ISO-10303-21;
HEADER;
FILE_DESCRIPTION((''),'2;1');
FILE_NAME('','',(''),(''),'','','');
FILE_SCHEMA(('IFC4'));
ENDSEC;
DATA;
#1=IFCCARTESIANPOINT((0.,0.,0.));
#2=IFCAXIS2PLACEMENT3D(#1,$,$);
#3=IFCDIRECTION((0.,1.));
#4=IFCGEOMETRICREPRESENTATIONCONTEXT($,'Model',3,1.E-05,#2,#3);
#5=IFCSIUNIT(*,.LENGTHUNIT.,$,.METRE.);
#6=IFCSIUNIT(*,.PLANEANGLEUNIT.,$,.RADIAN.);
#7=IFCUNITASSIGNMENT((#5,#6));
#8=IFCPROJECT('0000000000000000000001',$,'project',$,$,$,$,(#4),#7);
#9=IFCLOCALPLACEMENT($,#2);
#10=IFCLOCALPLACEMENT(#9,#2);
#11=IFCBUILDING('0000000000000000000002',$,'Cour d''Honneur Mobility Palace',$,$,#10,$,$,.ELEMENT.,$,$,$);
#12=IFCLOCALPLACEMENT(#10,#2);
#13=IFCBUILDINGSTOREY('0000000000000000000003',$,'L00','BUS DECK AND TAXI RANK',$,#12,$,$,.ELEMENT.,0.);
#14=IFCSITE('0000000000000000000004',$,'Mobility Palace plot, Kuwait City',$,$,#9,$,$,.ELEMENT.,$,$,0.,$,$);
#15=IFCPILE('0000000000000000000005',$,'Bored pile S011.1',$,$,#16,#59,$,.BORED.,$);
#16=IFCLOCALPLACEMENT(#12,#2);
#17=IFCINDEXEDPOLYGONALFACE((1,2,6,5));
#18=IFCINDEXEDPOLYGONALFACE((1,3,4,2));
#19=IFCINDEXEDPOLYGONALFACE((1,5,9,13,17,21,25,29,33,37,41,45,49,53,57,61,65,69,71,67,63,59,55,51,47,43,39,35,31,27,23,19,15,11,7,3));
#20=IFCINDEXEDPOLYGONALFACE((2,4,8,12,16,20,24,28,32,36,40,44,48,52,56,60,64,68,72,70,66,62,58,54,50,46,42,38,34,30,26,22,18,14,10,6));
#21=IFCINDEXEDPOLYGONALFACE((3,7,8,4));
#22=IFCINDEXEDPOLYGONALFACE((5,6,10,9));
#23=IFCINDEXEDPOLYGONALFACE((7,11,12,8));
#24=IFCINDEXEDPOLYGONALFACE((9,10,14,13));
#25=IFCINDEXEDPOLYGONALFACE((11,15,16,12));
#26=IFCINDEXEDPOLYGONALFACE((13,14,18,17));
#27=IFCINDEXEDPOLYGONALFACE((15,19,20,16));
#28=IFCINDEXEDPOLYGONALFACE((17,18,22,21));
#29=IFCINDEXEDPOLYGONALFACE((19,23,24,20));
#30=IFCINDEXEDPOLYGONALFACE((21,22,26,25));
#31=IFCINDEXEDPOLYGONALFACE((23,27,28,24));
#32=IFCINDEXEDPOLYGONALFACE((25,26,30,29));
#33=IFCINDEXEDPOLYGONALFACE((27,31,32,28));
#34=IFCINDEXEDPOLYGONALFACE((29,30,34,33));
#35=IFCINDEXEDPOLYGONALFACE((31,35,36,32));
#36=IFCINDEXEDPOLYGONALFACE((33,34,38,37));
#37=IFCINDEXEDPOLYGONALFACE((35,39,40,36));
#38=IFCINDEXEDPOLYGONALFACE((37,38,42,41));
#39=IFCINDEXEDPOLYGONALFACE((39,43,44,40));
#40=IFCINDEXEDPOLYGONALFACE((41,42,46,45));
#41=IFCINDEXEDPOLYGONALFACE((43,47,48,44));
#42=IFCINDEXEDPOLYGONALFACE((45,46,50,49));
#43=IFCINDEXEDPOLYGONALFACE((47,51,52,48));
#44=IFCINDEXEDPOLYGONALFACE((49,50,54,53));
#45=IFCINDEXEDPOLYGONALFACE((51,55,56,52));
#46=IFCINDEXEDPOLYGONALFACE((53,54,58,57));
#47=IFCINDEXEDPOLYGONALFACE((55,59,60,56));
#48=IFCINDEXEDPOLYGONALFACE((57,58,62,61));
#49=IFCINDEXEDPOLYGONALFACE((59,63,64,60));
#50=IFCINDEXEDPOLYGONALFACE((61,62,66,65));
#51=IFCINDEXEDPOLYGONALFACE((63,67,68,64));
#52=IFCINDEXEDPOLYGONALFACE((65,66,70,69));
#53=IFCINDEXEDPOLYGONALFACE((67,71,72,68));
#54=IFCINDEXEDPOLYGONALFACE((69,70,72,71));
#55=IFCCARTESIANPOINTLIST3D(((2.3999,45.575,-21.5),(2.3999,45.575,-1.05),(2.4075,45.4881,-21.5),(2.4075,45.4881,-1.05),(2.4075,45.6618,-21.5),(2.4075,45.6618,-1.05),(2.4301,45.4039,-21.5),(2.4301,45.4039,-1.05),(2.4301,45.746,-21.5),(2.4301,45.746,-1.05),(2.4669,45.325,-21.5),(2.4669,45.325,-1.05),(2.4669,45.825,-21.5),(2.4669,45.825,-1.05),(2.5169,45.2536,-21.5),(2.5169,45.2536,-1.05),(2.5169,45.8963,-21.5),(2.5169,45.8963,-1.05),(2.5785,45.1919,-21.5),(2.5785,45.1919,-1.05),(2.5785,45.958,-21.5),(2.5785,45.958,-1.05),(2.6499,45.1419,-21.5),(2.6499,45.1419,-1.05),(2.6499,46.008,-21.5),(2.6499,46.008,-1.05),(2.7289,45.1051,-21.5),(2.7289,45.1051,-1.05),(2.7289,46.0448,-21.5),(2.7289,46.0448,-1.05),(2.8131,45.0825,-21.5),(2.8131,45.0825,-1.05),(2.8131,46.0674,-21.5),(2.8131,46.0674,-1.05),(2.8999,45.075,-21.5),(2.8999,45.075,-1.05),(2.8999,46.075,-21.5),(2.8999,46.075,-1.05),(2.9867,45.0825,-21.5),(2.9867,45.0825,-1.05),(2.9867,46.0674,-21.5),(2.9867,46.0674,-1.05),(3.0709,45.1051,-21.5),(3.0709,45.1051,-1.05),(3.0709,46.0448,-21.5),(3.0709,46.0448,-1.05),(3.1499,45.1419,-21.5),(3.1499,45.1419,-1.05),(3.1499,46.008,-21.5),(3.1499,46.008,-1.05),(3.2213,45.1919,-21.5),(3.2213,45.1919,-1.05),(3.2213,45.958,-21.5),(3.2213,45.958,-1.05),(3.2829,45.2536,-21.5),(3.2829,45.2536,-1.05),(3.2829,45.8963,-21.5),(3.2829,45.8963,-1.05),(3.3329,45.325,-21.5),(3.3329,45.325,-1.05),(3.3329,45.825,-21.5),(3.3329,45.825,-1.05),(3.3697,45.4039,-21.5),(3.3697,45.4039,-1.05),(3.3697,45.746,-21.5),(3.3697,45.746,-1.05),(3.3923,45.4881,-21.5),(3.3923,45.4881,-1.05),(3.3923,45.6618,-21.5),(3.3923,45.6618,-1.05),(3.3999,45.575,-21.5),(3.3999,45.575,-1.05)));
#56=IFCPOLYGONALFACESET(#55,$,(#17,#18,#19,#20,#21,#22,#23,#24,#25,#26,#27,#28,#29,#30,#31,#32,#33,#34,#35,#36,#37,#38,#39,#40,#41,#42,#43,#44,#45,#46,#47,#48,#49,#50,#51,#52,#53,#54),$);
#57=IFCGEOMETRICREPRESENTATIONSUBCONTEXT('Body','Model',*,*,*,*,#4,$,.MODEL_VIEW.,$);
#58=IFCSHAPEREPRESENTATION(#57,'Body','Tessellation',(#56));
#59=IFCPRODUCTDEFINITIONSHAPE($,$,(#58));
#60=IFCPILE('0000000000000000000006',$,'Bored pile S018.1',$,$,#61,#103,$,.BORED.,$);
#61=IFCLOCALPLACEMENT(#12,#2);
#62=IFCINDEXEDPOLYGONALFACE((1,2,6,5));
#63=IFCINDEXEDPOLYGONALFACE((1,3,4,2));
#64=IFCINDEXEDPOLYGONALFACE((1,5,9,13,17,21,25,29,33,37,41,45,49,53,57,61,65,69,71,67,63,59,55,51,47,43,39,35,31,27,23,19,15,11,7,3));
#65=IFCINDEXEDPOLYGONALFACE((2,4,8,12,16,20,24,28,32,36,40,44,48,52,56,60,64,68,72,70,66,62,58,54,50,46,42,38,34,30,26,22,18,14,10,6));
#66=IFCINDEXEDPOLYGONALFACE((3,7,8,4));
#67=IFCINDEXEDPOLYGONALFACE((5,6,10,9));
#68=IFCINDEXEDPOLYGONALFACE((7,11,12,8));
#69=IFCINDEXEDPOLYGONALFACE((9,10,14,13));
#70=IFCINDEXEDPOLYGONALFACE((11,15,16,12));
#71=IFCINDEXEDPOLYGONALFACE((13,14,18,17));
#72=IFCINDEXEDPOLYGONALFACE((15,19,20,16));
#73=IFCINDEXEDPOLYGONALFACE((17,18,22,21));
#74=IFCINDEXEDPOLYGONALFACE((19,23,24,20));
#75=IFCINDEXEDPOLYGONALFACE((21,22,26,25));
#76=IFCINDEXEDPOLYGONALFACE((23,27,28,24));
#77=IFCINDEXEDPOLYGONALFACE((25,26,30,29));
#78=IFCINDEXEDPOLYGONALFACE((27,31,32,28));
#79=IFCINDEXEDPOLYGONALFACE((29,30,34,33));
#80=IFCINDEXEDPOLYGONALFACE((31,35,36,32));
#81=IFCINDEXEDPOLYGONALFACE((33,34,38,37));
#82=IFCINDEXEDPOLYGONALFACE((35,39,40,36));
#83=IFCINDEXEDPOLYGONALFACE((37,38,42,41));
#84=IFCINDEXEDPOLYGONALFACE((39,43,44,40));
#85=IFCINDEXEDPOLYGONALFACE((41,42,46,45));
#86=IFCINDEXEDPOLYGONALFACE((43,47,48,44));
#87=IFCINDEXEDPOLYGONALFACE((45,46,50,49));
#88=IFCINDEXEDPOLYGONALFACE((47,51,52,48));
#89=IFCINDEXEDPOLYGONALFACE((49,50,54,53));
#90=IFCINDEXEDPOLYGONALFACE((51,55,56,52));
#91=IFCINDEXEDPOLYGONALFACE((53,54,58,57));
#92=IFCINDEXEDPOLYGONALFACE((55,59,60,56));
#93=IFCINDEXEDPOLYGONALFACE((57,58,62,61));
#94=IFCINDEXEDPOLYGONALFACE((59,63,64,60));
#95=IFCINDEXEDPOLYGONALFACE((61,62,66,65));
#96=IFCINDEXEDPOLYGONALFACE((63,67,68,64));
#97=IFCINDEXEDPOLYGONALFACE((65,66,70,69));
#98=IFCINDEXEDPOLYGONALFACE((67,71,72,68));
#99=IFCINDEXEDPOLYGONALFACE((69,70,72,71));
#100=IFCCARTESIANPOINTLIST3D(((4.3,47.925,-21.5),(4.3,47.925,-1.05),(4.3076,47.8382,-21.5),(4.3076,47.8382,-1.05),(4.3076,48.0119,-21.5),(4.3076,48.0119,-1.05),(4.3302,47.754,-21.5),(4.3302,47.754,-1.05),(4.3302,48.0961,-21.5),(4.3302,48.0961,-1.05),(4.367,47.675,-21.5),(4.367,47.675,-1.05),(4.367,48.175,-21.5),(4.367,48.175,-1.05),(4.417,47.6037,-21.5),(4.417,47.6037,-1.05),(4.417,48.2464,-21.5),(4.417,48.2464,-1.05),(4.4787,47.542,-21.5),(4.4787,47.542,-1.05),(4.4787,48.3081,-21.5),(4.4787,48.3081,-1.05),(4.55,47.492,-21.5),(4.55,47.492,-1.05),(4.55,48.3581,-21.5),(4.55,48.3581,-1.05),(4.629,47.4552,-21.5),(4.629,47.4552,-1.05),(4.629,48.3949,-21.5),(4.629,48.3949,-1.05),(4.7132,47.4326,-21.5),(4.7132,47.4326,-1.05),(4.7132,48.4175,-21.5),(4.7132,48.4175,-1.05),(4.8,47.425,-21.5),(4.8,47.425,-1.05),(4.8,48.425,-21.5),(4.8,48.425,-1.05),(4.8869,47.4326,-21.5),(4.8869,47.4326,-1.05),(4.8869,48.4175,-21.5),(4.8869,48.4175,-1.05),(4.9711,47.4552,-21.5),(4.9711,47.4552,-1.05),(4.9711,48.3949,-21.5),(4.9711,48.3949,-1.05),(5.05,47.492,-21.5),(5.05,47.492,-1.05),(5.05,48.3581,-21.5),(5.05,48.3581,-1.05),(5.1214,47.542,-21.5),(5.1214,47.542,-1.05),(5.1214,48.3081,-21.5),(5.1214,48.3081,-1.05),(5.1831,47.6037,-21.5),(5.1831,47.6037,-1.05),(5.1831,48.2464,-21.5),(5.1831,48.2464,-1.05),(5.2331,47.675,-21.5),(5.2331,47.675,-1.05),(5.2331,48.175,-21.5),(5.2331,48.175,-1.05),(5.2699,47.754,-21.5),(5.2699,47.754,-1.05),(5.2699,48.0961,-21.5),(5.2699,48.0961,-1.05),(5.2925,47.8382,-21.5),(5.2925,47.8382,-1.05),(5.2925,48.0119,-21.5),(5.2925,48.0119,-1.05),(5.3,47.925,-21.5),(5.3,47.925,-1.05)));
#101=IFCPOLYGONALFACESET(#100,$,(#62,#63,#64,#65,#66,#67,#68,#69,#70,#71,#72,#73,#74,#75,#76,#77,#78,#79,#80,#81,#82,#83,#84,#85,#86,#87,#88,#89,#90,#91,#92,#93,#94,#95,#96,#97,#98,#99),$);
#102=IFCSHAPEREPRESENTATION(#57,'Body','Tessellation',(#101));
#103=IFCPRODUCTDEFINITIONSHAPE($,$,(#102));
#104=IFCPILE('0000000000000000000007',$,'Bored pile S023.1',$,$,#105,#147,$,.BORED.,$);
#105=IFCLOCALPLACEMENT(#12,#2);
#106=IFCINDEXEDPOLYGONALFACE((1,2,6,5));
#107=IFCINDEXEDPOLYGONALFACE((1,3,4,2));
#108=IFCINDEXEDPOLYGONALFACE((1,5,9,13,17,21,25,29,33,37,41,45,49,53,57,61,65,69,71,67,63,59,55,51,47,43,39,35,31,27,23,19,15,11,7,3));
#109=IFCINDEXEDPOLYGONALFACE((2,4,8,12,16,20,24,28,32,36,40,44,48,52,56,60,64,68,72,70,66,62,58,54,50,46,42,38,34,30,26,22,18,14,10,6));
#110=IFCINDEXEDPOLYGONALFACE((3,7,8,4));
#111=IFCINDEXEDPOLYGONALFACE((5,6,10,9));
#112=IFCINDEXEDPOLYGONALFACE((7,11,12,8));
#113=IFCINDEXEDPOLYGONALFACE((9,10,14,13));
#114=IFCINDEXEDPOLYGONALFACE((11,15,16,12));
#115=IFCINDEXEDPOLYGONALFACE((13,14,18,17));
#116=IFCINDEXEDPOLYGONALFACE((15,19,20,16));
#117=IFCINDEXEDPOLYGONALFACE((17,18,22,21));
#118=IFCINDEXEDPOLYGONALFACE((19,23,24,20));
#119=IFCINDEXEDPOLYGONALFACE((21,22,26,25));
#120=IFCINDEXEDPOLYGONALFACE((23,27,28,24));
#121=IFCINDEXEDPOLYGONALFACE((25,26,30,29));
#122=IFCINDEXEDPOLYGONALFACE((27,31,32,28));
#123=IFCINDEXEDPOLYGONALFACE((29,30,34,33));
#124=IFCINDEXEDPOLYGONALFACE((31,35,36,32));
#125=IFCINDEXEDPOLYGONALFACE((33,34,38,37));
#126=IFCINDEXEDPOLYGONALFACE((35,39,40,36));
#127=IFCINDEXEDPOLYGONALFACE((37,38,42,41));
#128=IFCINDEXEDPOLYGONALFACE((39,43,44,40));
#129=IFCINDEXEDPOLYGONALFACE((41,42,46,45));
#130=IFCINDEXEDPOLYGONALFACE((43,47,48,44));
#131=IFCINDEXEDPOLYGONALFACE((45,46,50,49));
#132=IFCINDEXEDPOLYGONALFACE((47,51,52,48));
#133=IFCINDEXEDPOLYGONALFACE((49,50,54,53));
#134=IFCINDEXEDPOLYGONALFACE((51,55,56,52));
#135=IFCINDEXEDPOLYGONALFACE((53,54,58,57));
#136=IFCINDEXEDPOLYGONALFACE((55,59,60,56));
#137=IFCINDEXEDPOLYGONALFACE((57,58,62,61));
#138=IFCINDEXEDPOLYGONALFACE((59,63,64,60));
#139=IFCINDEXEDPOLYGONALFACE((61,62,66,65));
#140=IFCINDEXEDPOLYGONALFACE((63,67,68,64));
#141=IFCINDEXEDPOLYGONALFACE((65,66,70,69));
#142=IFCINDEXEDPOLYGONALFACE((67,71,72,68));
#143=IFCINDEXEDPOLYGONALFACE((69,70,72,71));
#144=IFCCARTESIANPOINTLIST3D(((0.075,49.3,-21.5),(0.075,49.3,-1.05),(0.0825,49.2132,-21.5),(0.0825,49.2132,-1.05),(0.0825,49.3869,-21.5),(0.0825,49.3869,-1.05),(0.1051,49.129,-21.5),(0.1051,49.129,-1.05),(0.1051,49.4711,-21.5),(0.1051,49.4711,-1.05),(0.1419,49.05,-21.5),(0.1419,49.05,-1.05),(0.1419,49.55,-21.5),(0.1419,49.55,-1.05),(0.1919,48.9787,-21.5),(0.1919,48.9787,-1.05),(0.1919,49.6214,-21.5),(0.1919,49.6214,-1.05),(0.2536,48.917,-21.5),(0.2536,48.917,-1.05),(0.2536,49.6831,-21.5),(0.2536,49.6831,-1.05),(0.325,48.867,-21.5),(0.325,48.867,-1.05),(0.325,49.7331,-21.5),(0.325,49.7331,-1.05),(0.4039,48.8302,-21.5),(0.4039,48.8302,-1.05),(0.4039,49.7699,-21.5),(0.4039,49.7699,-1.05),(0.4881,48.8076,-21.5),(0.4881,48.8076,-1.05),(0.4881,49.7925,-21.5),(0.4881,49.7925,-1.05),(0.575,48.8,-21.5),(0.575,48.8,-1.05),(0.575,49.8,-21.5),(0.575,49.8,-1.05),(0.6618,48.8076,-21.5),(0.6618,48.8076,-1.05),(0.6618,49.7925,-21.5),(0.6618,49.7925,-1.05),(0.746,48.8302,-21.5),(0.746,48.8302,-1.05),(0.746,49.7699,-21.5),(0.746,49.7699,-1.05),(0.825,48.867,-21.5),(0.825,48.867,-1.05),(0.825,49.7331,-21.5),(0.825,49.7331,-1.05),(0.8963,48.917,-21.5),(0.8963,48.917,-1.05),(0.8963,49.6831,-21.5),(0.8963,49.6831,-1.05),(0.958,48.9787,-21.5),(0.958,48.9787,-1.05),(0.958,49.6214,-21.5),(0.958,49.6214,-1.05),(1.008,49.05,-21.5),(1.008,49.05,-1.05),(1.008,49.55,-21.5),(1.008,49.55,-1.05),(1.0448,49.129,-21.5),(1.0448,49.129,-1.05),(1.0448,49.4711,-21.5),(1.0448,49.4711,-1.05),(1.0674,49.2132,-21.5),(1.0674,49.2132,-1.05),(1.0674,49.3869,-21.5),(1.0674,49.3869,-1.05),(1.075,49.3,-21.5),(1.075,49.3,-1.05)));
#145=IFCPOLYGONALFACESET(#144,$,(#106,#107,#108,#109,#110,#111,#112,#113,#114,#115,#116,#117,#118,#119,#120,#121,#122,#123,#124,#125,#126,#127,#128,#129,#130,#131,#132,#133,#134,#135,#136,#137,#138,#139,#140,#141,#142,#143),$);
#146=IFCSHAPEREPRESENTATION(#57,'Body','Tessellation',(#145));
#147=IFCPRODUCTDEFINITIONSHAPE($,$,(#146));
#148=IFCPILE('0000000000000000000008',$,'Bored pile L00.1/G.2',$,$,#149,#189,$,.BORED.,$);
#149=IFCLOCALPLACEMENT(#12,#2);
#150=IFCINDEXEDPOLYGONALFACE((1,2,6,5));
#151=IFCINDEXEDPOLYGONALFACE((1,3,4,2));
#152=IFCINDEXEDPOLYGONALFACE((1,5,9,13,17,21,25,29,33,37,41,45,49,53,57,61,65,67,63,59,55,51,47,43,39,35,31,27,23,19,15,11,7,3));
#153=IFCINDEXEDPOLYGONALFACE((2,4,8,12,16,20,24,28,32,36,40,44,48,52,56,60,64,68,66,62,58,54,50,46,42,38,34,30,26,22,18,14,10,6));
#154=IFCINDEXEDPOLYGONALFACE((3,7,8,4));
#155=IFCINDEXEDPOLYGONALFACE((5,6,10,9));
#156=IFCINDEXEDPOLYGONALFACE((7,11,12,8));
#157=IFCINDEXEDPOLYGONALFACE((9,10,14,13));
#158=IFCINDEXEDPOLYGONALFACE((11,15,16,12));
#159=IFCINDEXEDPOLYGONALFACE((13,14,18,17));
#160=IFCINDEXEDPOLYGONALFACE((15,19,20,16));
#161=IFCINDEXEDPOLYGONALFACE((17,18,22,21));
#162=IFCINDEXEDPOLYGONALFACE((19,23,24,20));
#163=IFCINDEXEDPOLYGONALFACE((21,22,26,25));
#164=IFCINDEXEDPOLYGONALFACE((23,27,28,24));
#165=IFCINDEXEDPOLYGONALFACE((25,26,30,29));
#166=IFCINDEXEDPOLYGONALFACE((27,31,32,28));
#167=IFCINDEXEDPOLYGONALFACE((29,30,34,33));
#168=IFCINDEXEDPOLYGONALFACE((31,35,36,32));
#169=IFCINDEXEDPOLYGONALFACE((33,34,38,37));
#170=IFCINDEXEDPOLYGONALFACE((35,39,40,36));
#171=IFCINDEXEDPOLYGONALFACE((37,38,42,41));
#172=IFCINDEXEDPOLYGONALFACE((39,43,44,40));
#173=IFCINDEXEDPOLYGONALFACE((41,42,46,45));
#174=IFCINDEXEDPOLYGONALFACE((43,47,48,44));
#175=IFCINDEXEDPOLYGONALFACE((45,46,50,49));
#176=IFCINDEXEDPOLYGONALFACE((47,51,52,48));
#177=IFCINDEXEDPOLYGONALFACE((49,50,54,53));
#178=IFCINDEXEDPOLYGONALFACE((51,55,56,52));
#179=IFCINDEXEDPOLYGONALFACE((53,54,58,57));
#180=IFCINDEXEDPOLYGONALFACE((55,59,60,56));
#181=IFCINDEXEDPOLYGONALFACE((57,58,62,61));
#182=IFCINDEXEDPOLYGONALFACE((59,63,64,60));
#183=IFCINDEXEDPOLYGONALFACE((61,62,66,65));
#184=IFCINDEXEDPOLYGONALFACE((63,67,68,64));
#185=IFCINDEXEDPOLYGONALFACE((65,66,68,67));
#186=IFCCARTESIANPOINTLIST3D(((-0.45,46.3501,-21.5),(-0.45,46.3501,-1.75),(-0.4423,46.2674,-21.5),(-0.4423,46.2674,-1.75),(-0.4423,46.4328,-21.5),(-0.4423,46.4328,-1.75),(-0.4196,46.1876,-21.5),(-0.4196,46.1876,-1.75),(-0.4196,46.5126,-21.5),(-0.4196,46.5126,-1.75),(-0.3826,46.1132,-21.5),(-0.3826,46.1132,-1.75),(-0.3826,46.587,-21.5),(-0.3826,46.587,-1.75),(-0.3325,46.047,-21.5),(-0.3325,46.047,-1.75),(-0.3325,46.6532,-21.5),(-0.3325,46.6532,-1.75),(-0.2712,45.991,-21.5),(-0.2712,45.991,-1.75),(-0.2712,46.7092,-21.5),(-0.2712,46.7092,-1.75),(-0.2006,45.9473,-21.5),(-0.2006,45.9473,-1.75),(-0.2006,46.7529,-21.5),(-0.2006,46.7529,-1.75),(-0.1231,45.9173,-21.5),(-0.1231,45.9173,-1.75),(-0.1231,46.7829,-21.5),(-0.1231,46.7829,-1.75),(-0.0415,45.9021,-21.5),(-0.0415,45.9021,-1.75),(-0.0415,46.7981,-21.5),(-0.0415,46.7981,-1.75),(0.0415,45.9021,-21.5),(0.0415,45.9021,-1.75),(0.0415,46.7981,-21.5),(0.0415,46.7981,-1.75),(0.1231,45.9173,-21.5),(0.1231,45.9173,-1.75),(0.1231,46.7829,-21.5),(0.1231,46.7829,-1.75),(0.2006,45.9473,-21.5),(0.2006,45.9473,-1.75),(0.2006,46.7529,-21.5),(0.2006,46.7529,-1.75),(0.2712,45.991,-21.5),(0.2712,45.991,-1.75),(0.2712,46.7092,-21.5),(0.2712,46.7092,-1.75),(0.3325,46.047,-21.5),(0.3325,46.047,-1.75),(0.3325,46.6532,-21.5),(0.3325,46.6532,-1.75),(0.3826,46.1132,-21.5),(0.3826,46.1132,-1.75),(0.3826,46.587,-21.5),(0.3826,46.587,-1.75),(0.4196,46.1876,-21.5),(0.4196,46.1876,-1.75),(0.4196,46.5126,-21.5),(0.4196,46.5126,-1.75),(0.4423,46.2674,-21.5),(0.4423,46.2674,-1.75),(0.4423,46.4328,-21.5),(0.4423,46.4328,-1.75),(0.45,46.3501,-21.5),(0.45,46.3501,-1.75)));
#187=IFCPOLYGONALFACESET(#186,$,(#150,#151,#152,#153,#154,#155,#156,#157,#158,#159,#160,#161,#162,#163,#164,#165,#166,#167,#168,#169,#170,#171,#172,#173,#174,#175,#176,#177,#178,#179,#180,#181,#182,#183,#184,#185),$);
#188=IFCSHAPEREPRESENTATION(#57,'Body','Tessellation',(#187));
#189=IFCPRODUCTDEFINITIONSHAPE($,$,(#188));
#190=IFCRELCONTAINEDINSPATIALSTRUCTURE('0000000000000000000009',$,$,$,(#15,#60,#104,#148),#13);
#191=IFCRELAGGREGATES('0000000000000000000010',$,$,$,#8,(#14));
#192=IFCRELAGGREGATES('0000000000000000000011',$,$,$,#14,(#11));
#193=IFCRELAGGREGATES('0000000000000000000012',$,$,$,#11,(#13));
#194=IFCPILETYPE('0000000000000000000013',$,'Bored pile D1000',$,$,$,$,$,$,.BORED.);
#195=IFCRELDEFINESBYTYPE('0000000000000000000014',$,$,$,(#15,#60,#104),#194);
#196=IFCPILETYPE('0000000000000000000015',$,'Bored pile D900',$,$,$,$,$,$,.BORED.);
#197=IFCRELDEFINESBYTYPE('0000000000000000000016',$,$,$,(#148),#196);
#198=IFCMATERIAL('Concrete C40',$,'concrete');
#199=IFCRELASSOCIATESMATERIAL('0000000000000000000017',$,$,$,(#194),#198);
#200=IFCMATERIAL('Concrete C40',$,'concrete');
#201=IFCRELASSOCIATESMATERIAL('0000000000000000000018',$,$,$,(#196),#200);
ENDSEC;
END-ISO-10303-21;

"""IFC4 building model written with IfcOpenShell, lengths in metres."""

from ifc_helpers import new_model, si_unit, direction, frame, origin, origin_2d, place, context, subcontext, project, spatial, circle, extrude, material, material_profile, profile_set, type_object, element, save


model = new_model("IFC4")

# Units and contexts
model_context = context("Model", 3, precision=1e-05, world=origin(), true_north=direction((0.0, 1.0)))
body_context = subcontext(model_context, "Body", "Model", "MODEL_VIEW")
ifc_project = project(units=[si_unit("LENGTHUNIT", "METRE"), si_unit("PLANEANGLEUNIT", "RADIAN")], contexts=[model_context])

# Site, building, storey
site_placement = place(None, origin())
site = spatial("IfcSite", under=ifc_project, at=site_placement, Name="Mobility Palace plot, Kuwait City", CompositionType="ELEMENT", RefElevation=0.0)
building_placement = place(site_placement, origin())
building = spatial("IfcBuilding", under=site, at=building_placement, Name="Cour d'Honneur Mobility Palace", CompositionType="ELEMENT")
storey_placement = place(building_placement, origin())
storey = spatial("IfcBuildingStorey", under=building, at=storey_placement, Name="L00", Description="BUS DECK AND TAXI RANK", CompositionType="ELEMENT", Elevation=0.0)

# Piles
ifc_material_1 = material(Name="Concrete C40", Category="concrete")
ifc_material_profile_1 = material_profile(ifc_material_1, circle(Radius=0.5, at=origin_2d()), Name="Bored pile D1000")
ifc_profile_set_1 = profile_set([ifc_material_profile_1], Name="Concrete C40")
pile_type_1 = type_object("IfcPileType", Name="Bored pile D1000", PredefinedType="BORED", material=ifc_profile_set_1)
for number, where, z_axis, x_axis, name in (
    (1, (2.8999, 45.575, -1.05), (0.0, 0.0, -1.0), (1.0, 0.0, 0.0), "Bored pile S011.1"),
    (2, (4.8, 47.925, -1.05), (0.0, 0.0, -1.0), (1.0, 0.0, 0.0), "Bored pile S018.1"),
    (3, (0.575, 49.3, -1.05), (0.0, 0.0, -1.0), (1.0, 0.0, 0.0), "Bored pile S023.1"),
):
    element("IfcPile", number, at=place(storey_placement, frame(where, z_axis=z_axis, x_axis=x_axis)), inside=storey, type_object=pile_type_1, Name=name, PredefinedType="BORED", context=body_context, shape_type="SweptSolid", body=[
        extrude(circle(Radius=0.5, at=origin_2d()), origin(), (0.0, 0.0, 1.0), 20.45),
    ])
ifc_material_2 = material(Name="Concrete C40", Category="concrete")
ifc_material_profile_2 = material_profile(ifc_material_2, circle(Radius=0.45, at=origin_2d()), Name="Bored pile D900")
ifc_profile_set_2 = profile_set([ifc_material_profile_2], Name="Concrete C40")
pile_type_2 = type_object("IfcPileType", Name="Bored pile D900", PredefinedType="BORED", material=ifc_profile_set_2)
for number, where, z_axis, x_axis, name in (
    (4, (0.0, 46.3501, -1.75), (0.0, 0.0, -1.0), (1.0, 0.0, 0.0), "Bored pile L00.1/G.2"),
):
    element("IfcPile", number, at=place(storey_placement, frame(where, z_axis=z_axis, x_axis=x_axis)), inside=storey, type_object=pile_type_2, Name=name, PredefinedType="BORED", context=body_context, shape_type="SweptSolid", body=[
        extrude(circle(Radius=0.45, at=origin_2d()), origin(), (0.0, 0.0, 1.0), 19.75),
    ])

save(model, "model.ifc")
